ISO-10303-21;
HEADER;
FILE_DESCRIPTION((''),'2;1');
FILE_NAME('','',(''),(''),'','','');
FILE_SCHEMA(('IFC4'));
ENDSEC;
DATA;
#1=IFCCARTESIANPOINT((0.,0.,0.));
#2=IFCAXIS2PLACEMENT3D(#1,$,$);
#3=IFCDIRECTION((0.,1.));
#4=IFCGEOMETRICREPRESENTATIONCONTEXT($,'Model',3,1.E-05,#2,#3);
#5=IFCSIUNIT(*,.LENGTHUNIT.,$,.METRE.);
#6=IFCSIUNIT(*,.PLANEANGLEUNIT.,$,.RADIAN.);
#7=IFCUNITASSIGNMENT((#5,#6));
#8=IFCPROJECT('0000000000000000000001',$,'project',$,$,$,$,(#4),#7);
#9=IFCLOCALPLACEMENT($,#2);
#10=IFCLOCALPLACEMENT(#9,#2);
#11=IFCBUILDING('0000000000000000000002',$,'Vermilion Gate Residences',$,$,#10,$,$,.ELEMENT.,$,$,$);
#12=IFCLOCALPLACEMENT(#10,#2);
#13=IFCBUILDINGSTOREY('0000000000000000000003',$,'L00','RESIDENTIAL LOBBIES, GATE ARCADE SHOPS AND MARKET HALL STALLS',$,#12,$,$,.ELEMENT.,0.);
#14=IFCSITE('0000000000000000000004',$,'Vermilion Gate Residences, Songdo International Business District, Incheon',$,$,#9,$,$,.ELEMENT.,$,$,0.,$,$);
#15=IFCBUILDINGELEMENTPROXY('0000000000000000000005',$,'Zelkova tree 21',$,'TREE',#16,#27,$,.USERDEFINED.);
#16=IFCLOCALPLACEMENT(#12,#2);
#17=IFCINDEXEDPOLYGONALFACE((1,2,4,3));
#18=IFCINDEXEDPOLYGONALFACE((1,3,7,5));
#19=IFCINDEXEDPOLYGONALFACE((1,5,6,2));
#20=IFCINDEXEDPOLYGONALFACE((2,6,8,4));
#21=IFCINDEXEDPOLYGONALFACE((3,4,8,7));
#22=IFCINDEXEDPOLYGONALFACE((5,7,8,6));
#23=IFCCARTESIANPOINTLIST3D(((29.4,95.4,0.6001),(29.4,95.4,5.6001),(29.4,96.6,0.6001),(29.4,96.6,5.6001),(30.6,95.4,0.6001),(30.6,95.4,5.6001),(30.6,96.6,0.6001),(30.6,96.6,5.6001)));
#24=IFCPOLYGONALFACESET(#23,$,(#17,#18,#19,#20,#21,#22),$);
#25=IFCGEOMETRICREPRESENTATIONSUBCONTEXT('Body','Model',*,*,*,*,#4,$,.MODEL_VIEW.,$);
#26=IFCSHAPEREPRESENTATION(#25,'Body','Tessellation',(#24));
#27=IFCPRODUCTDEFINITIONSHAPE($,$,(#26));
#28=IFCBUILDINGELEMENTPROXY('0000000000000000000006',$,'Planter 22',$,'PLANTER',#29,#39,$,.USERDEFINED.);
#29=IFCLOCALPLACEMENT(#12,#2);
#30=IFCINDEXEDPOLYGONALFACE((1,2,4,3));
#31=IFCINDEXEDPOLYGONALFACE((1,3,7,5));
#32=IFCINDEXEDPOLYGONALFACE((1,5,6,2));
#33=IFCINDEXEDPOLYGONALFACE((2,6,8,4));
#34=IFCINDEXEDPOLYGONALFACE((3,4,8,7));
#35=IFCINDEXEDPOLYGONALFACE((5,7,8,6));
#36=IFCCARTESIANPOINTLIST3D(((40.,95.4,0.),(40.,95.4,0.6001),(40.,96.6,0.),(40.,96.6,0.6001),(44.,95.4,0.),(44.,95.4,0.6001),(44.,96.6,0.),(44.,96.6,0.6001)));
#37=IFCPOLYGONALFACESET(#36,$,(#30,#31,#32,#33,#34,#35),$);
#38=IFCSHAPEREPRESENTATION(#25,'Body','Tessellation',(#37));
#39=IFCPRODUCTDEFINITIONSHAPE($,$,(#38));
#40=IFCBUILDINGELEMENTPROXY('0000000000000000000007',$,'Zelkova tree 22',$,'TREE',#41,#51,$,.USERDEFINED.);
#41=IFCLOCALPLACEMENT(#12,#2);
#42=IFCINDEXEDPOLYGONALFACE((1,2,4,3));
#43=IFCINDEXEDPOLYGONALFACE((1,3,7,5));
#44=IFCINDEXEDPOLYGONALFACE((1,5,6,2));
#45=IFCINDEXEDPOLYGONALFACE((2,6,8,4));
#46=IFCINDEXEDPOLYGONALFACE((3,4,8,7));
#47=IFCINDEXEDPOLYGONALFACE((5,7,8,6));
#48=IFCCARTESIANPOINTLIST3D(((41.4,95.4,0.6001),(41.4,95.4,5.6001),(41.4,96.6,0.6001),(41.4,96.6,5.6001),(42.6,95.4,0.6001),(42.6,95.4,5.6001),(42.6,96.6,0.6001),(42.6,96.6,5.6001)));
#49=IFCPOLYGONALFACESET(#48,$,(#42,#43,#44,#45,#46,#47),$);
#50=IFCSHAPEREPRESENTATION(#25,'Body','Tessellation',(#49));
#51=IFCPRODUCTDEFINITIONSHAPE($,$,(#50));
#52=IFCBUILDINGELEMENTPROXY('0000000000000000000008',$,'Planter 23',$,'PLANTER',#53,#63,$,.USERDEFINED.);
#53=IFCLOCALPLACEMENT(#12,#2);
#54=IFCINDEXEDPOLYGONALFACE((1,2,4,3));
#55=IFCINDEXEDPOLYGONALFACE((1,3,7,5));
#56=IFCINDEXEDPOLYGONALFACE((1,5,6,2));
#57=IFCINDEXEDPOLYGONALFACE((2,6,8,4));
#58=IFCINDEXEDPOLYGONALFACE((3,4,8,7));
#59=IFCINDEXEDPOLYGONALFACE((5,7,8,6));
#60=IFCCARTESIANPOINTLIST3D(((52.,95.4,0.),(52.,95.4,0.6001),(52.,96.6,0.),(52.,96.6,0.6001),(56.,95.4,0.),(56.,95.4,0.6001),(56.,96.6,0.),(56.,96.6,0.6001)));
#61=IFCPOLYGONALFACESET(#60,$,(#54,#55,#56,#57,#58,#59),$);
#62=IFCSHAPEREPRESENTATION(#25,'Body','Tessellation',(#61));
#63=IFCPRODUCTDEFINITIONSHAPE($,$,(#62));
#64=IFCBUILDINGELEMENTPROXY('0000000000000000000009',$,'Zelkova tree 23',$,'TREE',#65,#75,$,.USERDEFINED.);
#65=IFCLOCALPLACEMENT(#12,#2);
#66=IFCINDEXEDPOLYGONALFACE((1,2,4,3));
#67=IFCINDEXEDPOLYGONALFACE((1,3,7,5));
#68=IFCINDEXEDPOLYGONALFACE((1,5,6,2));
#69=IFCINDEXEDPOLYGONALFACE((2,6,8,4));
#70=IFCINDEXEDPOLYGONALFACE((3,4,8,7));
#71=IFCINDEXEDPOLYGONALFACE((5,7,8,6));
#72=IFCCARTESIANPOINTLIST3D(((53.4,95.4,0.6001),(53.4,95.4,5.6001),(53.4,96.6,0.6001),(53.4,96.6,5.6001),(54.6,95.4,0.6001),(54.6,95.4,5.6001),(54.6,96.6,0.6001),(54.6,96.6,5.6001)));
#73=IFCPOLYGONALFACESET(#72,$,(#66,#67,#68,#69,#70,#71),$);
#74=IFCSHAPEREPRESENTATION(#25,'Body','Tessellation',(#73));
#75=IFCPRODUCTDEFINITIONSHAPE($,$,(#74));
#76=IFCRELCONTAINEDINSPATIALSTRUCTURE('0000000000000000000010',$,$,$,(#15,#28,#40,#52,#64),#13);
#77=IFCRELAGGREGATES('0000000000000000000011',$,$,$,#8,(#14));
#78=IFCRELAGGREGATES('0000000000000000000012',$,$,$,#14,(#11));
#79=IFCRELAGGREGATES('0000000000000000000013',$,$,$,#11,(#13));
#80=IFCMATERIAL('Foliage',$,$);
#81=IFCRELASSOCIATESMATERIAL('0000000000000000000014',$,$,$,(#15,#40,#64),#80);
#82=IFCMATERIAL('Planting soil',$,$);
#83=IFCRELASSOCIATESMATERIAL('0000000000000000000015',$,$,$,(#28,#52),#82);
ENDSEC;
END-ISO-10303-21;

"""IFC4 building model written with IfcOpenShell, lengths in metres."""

from ifc_helpers import new_model, si_unit, direction, frame, origin, origin_2d, place, context, subcontext, project, spatial, rectangle, extrude, material, element, save


model = new_model("IFC4")

# Units and contexts
model_context = context("Model", 3, precision=1e-05, world=origin(), true_north=direction((0.0, 1.0)))
body_context = subcontext(model_context, "Body", "Model", "MODEL_VIEW")
ifc_project = project(units=[si_unit("LENGTHUNIT", "METRE"), si_unit("PLANEANGLEUNIT", "RADIAN")], contexts=[model_context])

# Site, building, storey
site_placement = place(None, origin())
site = spatial("IfcSite", under=ifc_project, at=site_placement, Name="Vermilion Gate Residences, Songdo International Business District, Incheon", CompositionType="ELEMENT", RefElevation=0.0)
building_placement = place(site_placement, origin())
building = spatial("IfcBuilding", under=site, at=building_placement, Name="Vermilion Gate Residences", CompositionType="ELEMENT")
storey_placement = place(building_placement, origin())
storey = spatial("IfcBuildingStorey", under=building, at=storey_placement, Name="L00", Description="RESIDENTIAL LOBBIES, GATE ARCADE SHOPS AND MARKET HALL STALLS", CompositionType="ELEMENT", Elevation=0.0)

# Building element proxies
ifc_material_1 = material(Name="Planting soil")
ifc_material_2 = material(Name="Foliage")
proxy_1_placement = place(storey_placement, frame((30.0, 96.0, 0.6001), z_axis=(0.0, 0.0, 1.0), x_axis=(1.0, 0.0, 0.0)))
element("IfcBuildingElementProxy", 1, at=proxy_1_placement, inside=storey, material=ifc_material_2, Name="Zelkova tree 21", ObjectType="TREE", PredefinedType="USERDEFINED", context=body_context, shape_type="SweptSolid", body=[
    extrude(rectangle(XDim=1.2, YDim=1.2, at=origin_2d()), origin(), (0.0, 0.0, 1.0), 5.0),
])
proxy_2_placement = place(storey_placement, frame((42.0, 96.0, 0.0), z_axis=(0.0, 0.0, 1.0), x_axis=(1.0, 0.0, 0.0)))
element("IfcBuildingElementProxy", 2, at=proxy_2_placement, inside=storey, material=ifc_material_1, Name="Planter 22", ObjectType="PLANTER", PredefinedType="USERDEFINED", context=body_context, shape_type="SweptSolid", body=[
    extrude(rectangle(XDim=4.0, YDim=1.2, at=origin_2d()), origin(), (0.0, 0.0, 1.0), 0.6001),
])
proxy_3_placement = place(storey_placement, frame((42.0, 96.0, 0.6001), z_axis=(0.0, 0.0, 1.0), x_axis=(1.0, 0.0, 0.0)))
element("IfcBuildingElementProxy", 3, at=proxy_3_placement, inside=storey, material=ifc_material_2, Name="Zelkova tree 22", ObjectType="TREE", PredefinedType="USERDEFINED", context=body_context, shape_type="SweptSolid", body=[
    extrude(rectangle(XDim=1.2, YDim=1.2, at=origin_2d()), origin(), (0.0, 0.0, 1.0), 5.0),
])
proxy_4_placement = place(storey_placement, frame((54.0, 96.0, 0.0), z_axis=(0.0, 0.0, 1.0), x_axis=(1.0, 0.0, 0.0)))
element("IfcBuildingElementProxy", 4, at=proxy_4_placement, inside=storey, material=ifc_material_1, Name="Planter 23", ObjectType="PLANTER", PredefinedType="USERDEFINED", context=body_context, shape_type="SweptSolid", body=[
    extrude(rectangle(XDim=4.0, YDim=1.2, at=origin_2d()), origin(), (0.0, 0.0, 1.0), 0.6001),
])
proxy_5_placement = place(storey_placement, frame((54.0, 96.0, 0.6001), z_axis=(0.0, 0.0, 1.0), x_axis=(1.0, 0.0, 0.0)))
element("IfcBuildingElementProxy", 5, at=proxy_5_placement, inside=storey, material=ifc_material_2, Name="Zelkova tree 23", ObjectType="TREE", PredefinedType="USERDEFINED", context=body_context, shape_type="SweptSolid", body=[
    extrude(rectangle(XDim=1.2, YDim=1.2, at=origin_2d()), origin(), (0.0, 0.0, 1.0), 5.0),
])

save(model, "model.ifc")
